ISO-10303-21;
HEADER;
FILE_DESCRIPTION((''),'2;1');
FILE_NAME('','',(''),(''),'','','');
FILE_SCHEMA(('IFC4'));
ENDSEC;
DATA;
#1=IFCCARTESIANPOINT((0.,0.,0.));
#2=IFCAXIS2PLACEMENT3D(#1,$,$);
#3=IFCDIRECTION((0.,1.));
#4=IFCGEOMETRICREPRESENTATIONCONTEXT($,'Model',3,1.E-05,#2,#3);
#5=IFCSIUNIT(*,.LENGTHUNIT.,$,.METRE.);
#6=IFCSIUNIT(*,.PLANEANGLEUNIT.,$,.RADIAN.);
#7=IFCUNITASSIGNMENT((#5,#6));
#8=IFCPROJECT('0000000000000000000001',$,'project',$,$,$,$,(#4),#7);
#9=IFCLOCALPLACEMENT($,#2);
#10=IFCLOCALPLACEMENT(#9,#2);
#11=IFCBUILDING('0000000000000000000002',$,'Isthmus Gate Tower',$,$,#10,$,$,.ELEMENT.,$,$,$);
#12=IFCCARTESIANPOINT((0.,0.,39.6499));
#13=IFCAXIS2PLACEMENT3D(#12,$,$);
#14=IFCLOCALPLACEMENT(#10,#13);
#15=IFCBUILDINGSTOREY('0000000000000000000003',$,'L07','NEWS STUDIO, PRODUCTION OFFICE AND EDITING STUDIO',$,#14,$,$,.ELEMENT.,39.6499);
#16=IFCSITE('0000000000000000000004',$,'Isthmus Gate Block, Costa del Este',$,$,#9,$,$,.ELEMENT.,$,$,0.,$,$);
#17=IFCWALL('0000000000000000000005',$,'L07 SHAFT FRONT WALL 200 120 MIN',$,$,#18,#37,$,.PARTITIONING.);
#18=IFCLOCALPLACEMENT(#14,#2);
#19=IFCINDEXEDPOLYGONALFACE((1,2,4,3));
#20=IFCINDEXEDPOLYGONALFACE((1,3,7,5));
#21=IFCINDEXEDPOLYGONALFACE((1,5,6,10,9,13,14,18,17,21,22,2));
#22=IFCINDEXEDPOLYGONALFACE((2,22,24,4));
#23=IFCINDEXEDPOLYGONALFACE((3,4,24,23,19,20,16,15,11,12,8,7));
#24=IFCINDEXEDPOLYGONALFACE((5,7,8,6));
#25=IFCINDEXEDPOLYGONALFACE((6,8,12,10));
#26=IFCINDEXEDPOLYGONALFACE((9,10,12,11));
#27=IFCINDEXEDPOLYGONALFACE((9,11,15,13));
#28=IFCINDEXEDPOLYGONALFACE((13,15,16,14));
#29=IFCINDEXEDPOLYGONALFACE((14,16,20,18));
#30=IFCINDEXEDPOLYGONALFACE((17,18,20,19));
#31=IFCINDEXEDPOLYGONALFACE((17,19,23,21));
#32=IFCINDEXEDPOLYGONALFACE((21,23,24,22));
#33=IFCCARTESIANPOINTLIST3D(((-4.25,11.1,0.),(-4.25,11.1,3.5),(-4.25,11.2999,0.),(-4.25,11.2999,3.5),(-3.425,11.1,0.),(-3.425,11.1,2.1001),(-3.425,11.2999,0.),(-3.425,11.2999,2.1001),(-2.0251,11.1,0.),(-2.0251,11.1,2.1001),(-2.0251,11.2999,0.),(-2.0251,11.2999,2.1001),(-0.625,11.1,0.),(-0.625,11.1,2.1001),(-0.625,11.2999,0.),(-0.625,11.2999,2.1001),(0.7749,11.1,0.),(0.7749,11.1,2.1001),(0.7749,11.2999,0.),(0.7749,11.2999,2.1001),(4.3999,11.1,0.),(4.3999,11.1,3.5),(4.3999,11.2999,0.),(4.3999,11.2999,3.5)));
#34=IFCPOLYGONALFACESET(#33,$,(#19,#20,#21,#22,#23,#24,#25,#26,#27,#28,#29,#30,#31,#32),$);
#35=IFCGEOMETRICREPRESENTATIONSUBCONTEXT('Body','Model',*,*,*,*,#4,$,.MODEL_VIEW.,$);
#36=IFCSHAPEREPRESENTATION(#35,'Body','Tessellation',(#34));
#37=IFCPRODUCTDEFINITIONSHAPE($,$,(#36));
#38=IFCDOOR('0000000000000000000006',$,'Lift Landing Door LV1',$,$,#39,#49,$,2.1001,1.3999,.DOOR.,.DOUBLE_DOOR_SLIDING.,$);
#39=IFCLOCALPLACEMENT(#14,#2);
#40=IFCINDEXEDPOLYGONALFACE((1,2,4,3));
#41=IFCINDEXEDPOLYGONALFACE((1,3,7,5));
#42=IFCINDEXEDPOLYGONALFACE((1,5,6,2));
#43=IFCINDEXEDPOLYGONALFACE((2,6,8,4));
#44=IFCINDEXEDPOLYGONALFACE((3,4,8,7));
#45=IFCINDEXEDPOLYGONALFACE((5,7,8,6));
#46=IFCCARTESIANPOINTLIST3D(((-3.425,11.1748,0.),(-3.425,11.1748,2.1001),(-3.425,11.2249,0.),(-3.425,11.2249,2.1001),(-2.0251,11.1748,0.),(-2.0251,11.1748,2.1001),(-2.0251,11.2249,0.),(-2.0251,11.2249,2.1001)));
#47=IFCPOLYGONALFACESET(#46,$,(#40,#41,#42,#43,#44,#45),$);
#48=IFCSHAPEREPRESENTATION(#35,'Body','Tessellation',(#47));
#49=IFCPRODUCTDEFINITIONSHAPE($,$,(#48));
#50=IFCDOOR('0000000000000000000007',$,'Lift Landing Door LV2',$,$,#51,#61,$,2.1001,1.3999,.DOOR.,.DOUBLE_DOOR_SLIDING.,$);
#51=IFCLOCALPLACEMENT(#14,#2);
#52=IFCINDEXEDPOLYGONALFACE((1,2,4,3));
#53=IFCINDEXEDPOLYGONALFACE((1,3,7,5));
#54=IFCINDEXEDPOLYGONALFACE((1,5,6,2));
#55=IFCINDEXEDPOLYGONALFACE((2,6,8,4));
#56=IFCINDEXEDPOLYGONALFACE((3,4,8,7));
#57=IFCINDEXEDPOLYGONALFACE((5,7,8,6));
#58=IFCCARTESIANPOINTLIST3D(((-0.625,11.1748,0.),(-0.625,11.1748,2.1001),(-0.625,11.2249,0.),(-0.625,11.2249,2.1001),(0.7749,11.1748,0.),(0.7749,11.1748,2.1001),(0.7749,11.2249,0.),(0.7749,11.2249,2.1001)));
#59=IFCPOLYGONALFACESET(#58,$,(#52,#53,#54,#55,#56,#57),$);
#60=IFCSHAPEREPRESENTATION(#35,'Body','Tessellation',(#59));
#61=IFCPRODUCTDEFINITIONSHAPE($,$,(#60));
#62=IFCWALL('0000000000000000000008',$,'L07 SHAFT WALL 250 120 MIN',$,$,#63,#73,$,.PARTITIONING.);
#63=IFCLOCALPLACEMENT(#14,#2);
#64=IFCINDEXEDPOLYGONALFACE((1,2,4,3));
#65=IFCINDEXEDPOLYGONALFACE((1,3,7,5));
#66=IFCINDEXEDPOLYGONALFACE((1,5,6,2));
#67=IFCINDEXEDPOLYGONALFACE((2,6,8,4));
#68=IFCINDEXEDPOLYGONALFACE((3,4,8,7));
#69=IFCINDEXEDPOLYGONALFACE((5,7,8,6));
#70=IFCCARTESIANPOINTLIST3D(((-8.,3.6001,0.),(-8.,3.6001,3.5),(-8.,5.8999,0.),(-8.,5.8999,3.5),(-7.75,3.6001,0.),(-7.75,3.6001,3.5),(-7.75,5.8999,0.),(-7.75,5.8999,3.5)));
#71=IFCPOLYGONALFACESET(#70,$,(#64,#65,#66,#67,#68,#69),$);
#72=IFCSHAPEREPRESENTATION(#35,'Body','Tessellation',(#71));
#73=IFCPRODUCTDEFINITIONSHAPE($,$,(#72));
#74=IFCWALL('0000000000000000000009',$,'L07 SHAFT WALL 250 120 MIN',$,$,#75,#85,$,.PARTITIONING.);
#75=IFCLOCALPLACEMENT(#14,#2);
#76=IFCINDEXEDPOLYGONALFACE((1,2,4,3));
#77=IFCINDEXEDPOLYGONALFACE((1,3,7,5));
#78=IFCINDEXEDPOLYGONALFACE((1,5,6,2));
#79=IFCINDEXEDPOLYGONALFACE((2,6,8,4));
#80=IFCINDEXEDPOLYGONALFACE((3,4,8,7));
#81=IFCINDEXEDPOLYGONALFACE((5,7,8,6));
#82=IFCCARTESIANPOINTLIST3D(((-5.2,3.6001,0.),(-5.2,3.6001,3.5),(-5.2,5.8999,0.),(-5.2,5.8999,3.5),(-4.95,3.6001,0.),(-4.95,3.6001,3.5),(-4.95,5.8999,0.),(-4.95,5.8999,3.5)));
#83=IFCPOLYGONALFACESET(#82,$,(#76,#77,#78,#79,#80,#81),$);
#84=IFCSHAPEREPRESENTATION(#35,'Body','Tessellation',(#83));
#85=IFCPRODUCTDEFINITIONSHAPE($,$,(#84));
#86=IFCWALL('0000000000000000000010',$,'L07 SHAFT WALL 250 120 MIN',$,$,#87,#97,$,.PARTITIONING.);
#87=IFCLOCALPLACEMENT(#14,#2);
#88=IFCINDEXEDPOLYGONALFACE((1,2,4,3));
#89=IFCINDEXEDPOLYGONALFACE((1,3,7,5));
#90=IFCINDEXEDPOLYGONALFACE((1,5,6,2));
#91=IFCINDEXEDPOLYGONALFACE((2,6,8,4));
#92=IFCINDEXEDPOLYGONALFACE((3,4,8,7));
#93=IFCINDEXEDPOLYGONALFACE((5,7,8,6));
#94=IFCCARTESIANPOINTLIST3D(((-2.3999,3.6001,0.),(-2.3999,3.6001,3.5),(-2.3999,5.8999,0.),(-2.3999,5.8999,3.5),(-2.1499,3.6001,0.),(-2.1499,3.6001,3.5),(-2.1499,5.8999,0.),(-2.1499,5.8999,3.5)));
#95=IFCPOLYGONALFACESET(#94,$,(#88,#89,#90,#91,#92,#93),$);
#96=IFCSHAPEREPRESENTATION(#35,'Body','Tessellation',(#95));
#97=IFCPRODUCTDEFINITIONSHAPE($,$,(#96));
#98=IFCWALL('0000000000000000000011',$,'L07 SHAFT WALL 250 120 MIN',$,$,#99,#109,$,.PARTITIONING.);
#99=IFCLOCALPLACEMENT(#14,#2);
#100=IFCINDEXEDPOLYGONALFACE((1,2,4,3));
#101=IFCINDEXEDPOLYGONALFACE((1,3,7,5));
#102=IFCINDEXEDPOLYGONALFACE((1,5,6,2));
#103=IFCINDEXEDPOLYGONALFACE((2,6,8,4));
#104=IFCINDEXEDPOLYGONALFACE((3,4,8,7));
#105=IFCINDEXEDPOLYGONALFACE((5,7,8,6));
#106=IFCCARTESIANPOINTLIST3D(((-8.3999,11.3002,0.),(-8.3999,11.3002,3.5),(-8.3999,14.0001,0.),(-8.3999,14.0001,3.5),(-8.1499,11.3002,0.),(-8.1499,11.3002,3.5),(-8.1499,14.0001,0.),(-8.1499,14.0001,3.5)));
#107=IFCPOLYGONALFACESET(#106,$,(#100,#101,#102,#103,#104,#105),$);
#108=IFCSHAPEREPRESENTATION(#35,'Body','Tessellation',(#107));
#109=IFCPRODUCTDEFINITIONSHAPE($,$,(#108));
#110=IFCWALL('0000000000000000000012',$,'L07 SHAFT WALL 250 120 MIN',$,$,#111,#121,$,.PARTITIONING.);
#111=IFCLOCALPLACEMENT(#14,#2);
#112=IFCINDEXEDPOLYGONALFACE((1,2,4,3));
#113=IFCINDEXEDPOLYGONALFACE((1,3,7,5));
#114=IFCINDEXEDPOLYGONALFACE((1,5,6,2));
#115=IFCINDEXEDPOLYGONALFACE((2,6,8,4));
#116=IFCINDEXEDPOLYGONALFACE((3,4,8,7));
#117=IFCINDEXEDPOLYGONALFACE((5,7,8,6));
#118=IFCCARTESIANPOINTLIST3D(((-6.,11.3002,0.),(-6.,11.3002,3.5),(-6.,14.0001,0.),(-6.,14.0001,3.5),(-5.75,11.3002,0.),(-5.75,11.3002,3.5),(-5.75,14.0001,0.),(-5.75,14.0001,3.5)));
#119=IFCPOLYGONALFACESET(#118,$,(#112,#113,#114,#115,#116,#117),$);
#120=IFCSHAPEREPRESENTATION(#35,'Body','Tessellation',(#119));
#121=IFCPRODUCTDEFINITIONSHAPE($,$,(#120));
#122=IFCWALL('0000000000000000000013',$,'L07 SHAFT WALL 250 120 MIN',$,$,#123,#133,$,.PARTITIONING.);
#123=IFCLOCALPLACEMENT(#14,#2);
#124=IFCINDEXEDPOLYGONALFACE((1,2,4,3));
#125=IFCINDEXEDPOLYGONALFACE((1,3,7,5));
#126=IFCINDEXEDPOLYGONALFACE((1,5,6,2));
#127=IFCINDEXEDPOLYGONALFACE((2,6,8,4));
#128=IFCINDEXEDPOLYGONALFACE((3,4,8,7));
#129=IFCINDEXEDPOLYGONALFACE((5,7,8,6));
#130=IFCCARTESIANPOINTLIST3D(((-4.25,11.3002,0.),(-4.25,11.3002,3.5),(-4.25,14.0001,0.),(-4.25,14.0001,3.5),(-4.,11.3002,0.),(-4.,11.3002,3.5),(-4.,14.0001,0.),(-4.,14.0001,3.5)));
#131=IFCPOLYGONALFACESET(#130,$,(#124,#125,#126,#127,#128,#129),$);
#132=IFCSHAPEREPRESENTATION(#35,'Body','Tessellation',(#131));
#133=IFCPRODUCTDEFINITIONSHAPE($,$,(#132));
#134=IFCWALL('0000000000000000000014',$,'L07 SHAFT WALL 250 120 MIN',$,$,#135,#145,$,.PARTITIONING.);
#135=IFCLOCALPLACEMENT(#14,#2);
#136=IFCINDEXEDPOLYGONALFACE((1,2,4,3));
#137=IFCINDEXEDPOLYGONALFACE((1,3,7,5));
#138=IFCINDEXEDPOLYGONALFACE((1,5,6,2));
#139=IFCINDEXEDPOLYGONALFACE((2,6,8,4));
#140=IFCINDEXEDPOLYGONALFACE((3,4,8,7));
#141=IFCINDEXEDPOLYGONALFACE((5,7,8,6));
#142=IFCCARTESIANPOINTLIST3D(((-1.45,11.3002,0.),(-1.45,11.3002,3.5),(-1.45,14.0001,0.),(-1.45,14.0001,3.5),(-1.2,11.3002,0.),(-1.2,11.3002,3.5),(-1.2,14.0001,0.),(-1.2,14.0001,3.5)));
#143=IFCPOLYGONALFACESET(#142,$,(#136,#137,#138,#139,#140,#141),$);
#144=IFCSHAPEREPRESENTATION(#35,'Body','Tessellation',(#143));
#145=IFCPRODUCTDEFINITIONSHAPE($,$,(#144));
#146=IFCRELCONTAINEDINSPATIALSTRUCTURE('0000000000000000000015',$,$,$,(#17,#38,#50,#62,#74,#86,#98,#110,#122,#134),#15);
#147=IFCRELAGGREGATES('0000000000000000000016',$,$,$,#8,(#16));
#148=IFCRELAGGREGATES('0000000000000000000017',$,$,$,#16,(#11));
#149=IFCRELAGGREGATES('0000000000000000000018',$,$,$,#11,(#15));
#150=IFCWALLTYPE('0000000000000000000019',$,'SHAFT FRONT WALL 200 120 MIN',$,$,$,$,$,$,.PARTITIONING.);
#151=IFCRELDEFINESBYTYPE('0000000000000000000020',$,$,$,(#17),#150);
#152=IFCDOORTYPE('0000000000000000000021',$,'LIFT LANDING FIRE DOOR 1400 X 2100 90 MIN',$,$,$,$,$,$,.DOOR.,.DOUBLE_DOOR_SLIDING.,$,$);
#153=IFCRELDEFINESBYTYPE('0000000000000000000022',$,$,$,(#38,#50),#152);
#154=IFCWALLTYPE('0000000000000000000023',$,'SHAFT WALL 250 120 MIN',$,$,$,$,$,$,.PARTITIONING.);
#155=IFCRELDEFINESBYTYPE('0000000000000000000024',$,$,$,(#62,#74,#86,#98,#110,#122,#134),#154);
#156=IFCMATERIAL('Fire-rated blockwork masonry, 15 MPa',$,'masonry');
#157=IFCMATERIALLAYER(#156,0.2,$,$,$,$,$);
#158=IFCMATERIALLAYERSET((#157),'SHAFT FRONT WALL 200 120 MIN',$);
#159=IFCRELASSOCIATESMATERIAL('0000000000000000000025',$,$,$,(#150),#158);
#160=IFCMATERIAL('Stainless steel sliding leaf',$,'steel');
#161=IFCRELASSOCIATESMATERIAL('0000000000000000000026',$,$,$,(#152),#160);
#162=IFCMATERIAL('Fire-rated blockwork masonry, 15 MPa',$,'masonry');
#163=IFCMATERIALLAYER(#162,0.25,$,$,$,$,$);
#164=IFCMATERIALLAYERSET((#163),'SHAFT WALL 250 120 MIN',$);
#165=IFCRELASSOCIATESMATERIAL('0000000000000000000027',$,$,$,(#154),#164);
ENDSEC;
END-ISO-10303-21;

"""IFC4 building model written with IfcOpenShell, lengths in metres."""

from ifc_helpers import new_model, si_unit, direction, frame, frame_2d, origin, place, context, subcontext, project, spatial, rectangle, extrude, material, layer, layer_set, type_object, element, fill, save


model = new_model("IFC4")

# Units and contexts
model_context = context("Model", 3, precision=1e-05, world=origin(), true_north=direction((0.0, 1.0)))
body_context = subcontext(model_context, "Body", "Model", "MODEL_VIEW")
ifc_project = project(units=[si_unit("LENGTHUNIT", "METRE"), si_unit("PLANEANGLEUNIT", "RADIAN")], contexts=[model_context])

# Site, building, storey
site_placement = place(None, origin())
site = spatial("IfcSite", under=ifc_project, at=site_placement, Name="Isthmus Gate Block, Costa del Este", CompositionType="ELEMENT", RefElevation=0.0)
building_placement = place(site_placement, origin())
building = spatial("IfcBuilding", under=site, at=building_placement, Name="Isthmus Gate Tower", CompositionType="ELEMENT")
storey_placement = place(building_placement, frame((0.0, 0.0, 39.6499)))
storey = spatial("IfcBuildingStorey", under=building, at=storey_placement, Name="L07", Description="NEWS STUDIO, PRODUCTION OFFICE AND EDITING STUDIO", CompositionType="ELEMENT", Elevation=39.6499)

# Wall, openings, doors
ifc_material_1 = material(Name="Fire-rated blockwork masonry, 15 MPa", Category="masonry")
ifc_layer_1 = layer(ifc_material_1, 0.2)
ifc_layer_set_1 = layer_set([ifc_layer_1], Name="SHAFT FRONT WALL 200 120 MIN")
wall_type_1 = type_object("IfcWallType", Name="SHAFT FRONT WALL 200 120 MIN", PredefinedType="PARTITIONING", material=ifc_layer_set_1)
wall_1_placement = place(storey_placement, frame((-4.25, 11.2, 0.0), z_axis=(0.0, 0.0, 1.0), x_axis=(1.0, 0.0, 0.0)))
wall_1 = element("IfcWall", 1, at=wall_1_placement, inside=storey, type_object=wall_type_1, Name="L07 SHAFT FRONT WALL 200 120 MIN", PredefinedType="PARTITIONING", context=body_context, shape_type="SweptSolid", body=[
    extrude(rectangle(XDim=8.6499, YDim=0.2, at=frame_2d((4.325, 0.0))), origin(), (0.0, 0.0, 1.0), 3.5),
])
opening_1_placement = place(wall_1_placement, frame((0.825, 0.0, 0.0)))
opening_1 = element("IfcOpeningElement", 2, at=opening_1_placement, cuts=wall_1, PredefinedType="OPENING", context=body_context, shape_type="SweptSolid", body=[
    extrude(rectangle(XDim=1.3999, YDim=2.1001, at=frame_2d((0.7, 1.05))), frame((0.0, 0.1099, 0.0), z_axis=(0.0, -1.0, 0.0), x_axis=(1.0, 0.0, 0.0)), (0.0, 0.0, 1.0), 0.22),
])
opening_2_placement = place(wall_1_placement, frame((3.625, 0.0, 0.0)))
opening_2 = element("IfcOpeningElement", 3, at=opening_2_placement, cuts=wall_1, PredefinedType="OPENING", context=body_context, shape_type="SweptSolid", body=[
    extrude(rectangle(XDim=1.3999, YDim=2.1001, at=frame_2d((0.7, 1.05))), frame((0.0, 0.1099, 0.0), z_axis=(0.0, -1.0, 0.0), x_axis=(1.0, 0.0, 0.0)), (0.0, 0.0, 1.0), 0.22),
])
ifc_material_2 = material(Name="Stainless steel sliding leaf", Category="steel")
door_type_1 = type_object("IfcDoorType", Name="LIFT LANDING FIRE DOOR 1400 X 2100 90 MIN", OperationType="DOUBLE_DOOR_SLIDING", PredefinedType="DOOR", material=ifc_material_2)
door_1_placement = place(opening_1_placement, origin())
door_1 = element("IfcDoor", 4, at=door_1_placement, inside=storey, type_object=door_type_1, Name="Lift Landing Door LV1", OperationType="DOUBLE_DOOR_SLIDING", OverallHeight=2.1001, OverallWidth=1.3999, PredefinedType="DOOR", context=body_context, shape_type="SweptSolid", body=[
    extrude(rectangle(XDim=1.3999, YDim=2.1001, at=frame_2d((0.7, 1.05))), frame((0.0, 0.0249, 0.0), z_axis=(0.0, -1.0, 0.0), x_axis=(1.0, 0.0, 0.0)), (0.0, 0.0, 1.0), 0.05),
])
fill(opening_1, door_1)
door_2_placement = place(opening_2_placement, origin())
door_2 = element("IfcDoor", 5, at=door_2_placement, inside=storey, type_object=door_type_1, Name="Lift Landing Door LV2", OperationType="DOUBLE_DOOR_SLIDING", OverallHeight=2.1001, OverallWidth=1.3999, PredefinedType="DOOR", context=body_context, shape_type="SweptSolid", body=[
    extrude(rectangle(XDim=1.3999, YDim=2.1001, at=frame_2d((0.7, 1.05))), frame((0.0, 0.0249, 0.0), z_axis=(0.0, -1.0, 0.0), x_axis=(1.0, 0.0, 0.0)), (0.0, 0.0, 1.0), 0.05),
])
fill(opening_2, door_2)

# Walls
ifc_material_3 = material(Name="Fire-rated blockwork masonry, 15 MPa", Category="masonry")
ifc_layer_2 = layer(ifc_material_3, 0.25)
ifc_layer_set_2 = layer_set([ifc_layer_2], Name="SHAFT WALL 250 120 MIN")
wall_type_2 = type_object("IfcWallType", Name="SHAFT WALL 250 120 MIN", PredefinedType="PARTITIONING", material=ifc_layer_set_2)
for number, where, z_axis, x_axis, name in (
    (6, (-7.875, 3.6001, 0.0), (0.0, 0.0, 1.0), (0.0, 1.0, 0.0), "L07 SHAFT WALL 250 120 MIN"),
    (7, (-5.075, 3.6001, 0.0), (0.0, 0.0, 1.0), (0.0, 1.0, 0.0), "L07 SHAFT WALL 250 120 MIN"),
    (8, (-2.2749, 3.6001, 0.0), (0.0, 0.0, 1.0), (0.0, 1.0, 0.0), "L07 SHAFT WALL 250 120 MIN"),
):
    element("IfcWall", number, at=place(storey_placement, frame(where, z_axis=z_axis, x_axis=x_axis)), inside=storey, type_object=wall_type_2, Name=name, PredefinedType="PARTITIONING", context=body_context, shape_type="SweptSolid", body=[
        extrude(rectangle(XDim=2.2998, YDim=0.25, at=frame_2d((1.1499, 0.0))), origin(), (0.0, 0.0, 1.0), 3.5),
    ])
for number, where, z_axis, x_axis, name in (
    (9, (-8.2749, 11.3, 0.0), (0.0, 0.0, 1.0), (0.0, 1.0, 0.0), "L07 SHAFT WALL 250 120 MIN"),
    (10, (-5.875, 11.3, 0.0), (0.0, 0.0, 1.0), (0.0, 1.0, 0.0), "L07 SHAFT WALL 250 120 MIN"),
    (11, (-4.125, 11.3, 0.0), (0.0, 0.0, 1.0), (0.0, 1.0, 0.0), "L07 SHAFT WALL 250 120 MIN"),
    (12, (-1.325, 11.3, 0.0), (0.0, 0.0, 1.0), (0.0, 1.0, 0.0), "L07 SHAFT WALL 250 120 MIN"),
):
    element("IfcWall", number, at=place(storey_placement, frame(where, z_axis=z_axis, x_axis=x_axis)), inside=storey, type_object=wall_type_2, Name=name, PredefinedType="PARTITIONING", context=body_context, shape_type="SweptSolid", body=[
        extrude(rectangle(XDim=2.7, YDim=0.25, at=frame_2d((1.3501, 0.0))), origin(), (0.0, 0.0, 1.0), 3.5),
    ])

save(model, "model.ifc")
